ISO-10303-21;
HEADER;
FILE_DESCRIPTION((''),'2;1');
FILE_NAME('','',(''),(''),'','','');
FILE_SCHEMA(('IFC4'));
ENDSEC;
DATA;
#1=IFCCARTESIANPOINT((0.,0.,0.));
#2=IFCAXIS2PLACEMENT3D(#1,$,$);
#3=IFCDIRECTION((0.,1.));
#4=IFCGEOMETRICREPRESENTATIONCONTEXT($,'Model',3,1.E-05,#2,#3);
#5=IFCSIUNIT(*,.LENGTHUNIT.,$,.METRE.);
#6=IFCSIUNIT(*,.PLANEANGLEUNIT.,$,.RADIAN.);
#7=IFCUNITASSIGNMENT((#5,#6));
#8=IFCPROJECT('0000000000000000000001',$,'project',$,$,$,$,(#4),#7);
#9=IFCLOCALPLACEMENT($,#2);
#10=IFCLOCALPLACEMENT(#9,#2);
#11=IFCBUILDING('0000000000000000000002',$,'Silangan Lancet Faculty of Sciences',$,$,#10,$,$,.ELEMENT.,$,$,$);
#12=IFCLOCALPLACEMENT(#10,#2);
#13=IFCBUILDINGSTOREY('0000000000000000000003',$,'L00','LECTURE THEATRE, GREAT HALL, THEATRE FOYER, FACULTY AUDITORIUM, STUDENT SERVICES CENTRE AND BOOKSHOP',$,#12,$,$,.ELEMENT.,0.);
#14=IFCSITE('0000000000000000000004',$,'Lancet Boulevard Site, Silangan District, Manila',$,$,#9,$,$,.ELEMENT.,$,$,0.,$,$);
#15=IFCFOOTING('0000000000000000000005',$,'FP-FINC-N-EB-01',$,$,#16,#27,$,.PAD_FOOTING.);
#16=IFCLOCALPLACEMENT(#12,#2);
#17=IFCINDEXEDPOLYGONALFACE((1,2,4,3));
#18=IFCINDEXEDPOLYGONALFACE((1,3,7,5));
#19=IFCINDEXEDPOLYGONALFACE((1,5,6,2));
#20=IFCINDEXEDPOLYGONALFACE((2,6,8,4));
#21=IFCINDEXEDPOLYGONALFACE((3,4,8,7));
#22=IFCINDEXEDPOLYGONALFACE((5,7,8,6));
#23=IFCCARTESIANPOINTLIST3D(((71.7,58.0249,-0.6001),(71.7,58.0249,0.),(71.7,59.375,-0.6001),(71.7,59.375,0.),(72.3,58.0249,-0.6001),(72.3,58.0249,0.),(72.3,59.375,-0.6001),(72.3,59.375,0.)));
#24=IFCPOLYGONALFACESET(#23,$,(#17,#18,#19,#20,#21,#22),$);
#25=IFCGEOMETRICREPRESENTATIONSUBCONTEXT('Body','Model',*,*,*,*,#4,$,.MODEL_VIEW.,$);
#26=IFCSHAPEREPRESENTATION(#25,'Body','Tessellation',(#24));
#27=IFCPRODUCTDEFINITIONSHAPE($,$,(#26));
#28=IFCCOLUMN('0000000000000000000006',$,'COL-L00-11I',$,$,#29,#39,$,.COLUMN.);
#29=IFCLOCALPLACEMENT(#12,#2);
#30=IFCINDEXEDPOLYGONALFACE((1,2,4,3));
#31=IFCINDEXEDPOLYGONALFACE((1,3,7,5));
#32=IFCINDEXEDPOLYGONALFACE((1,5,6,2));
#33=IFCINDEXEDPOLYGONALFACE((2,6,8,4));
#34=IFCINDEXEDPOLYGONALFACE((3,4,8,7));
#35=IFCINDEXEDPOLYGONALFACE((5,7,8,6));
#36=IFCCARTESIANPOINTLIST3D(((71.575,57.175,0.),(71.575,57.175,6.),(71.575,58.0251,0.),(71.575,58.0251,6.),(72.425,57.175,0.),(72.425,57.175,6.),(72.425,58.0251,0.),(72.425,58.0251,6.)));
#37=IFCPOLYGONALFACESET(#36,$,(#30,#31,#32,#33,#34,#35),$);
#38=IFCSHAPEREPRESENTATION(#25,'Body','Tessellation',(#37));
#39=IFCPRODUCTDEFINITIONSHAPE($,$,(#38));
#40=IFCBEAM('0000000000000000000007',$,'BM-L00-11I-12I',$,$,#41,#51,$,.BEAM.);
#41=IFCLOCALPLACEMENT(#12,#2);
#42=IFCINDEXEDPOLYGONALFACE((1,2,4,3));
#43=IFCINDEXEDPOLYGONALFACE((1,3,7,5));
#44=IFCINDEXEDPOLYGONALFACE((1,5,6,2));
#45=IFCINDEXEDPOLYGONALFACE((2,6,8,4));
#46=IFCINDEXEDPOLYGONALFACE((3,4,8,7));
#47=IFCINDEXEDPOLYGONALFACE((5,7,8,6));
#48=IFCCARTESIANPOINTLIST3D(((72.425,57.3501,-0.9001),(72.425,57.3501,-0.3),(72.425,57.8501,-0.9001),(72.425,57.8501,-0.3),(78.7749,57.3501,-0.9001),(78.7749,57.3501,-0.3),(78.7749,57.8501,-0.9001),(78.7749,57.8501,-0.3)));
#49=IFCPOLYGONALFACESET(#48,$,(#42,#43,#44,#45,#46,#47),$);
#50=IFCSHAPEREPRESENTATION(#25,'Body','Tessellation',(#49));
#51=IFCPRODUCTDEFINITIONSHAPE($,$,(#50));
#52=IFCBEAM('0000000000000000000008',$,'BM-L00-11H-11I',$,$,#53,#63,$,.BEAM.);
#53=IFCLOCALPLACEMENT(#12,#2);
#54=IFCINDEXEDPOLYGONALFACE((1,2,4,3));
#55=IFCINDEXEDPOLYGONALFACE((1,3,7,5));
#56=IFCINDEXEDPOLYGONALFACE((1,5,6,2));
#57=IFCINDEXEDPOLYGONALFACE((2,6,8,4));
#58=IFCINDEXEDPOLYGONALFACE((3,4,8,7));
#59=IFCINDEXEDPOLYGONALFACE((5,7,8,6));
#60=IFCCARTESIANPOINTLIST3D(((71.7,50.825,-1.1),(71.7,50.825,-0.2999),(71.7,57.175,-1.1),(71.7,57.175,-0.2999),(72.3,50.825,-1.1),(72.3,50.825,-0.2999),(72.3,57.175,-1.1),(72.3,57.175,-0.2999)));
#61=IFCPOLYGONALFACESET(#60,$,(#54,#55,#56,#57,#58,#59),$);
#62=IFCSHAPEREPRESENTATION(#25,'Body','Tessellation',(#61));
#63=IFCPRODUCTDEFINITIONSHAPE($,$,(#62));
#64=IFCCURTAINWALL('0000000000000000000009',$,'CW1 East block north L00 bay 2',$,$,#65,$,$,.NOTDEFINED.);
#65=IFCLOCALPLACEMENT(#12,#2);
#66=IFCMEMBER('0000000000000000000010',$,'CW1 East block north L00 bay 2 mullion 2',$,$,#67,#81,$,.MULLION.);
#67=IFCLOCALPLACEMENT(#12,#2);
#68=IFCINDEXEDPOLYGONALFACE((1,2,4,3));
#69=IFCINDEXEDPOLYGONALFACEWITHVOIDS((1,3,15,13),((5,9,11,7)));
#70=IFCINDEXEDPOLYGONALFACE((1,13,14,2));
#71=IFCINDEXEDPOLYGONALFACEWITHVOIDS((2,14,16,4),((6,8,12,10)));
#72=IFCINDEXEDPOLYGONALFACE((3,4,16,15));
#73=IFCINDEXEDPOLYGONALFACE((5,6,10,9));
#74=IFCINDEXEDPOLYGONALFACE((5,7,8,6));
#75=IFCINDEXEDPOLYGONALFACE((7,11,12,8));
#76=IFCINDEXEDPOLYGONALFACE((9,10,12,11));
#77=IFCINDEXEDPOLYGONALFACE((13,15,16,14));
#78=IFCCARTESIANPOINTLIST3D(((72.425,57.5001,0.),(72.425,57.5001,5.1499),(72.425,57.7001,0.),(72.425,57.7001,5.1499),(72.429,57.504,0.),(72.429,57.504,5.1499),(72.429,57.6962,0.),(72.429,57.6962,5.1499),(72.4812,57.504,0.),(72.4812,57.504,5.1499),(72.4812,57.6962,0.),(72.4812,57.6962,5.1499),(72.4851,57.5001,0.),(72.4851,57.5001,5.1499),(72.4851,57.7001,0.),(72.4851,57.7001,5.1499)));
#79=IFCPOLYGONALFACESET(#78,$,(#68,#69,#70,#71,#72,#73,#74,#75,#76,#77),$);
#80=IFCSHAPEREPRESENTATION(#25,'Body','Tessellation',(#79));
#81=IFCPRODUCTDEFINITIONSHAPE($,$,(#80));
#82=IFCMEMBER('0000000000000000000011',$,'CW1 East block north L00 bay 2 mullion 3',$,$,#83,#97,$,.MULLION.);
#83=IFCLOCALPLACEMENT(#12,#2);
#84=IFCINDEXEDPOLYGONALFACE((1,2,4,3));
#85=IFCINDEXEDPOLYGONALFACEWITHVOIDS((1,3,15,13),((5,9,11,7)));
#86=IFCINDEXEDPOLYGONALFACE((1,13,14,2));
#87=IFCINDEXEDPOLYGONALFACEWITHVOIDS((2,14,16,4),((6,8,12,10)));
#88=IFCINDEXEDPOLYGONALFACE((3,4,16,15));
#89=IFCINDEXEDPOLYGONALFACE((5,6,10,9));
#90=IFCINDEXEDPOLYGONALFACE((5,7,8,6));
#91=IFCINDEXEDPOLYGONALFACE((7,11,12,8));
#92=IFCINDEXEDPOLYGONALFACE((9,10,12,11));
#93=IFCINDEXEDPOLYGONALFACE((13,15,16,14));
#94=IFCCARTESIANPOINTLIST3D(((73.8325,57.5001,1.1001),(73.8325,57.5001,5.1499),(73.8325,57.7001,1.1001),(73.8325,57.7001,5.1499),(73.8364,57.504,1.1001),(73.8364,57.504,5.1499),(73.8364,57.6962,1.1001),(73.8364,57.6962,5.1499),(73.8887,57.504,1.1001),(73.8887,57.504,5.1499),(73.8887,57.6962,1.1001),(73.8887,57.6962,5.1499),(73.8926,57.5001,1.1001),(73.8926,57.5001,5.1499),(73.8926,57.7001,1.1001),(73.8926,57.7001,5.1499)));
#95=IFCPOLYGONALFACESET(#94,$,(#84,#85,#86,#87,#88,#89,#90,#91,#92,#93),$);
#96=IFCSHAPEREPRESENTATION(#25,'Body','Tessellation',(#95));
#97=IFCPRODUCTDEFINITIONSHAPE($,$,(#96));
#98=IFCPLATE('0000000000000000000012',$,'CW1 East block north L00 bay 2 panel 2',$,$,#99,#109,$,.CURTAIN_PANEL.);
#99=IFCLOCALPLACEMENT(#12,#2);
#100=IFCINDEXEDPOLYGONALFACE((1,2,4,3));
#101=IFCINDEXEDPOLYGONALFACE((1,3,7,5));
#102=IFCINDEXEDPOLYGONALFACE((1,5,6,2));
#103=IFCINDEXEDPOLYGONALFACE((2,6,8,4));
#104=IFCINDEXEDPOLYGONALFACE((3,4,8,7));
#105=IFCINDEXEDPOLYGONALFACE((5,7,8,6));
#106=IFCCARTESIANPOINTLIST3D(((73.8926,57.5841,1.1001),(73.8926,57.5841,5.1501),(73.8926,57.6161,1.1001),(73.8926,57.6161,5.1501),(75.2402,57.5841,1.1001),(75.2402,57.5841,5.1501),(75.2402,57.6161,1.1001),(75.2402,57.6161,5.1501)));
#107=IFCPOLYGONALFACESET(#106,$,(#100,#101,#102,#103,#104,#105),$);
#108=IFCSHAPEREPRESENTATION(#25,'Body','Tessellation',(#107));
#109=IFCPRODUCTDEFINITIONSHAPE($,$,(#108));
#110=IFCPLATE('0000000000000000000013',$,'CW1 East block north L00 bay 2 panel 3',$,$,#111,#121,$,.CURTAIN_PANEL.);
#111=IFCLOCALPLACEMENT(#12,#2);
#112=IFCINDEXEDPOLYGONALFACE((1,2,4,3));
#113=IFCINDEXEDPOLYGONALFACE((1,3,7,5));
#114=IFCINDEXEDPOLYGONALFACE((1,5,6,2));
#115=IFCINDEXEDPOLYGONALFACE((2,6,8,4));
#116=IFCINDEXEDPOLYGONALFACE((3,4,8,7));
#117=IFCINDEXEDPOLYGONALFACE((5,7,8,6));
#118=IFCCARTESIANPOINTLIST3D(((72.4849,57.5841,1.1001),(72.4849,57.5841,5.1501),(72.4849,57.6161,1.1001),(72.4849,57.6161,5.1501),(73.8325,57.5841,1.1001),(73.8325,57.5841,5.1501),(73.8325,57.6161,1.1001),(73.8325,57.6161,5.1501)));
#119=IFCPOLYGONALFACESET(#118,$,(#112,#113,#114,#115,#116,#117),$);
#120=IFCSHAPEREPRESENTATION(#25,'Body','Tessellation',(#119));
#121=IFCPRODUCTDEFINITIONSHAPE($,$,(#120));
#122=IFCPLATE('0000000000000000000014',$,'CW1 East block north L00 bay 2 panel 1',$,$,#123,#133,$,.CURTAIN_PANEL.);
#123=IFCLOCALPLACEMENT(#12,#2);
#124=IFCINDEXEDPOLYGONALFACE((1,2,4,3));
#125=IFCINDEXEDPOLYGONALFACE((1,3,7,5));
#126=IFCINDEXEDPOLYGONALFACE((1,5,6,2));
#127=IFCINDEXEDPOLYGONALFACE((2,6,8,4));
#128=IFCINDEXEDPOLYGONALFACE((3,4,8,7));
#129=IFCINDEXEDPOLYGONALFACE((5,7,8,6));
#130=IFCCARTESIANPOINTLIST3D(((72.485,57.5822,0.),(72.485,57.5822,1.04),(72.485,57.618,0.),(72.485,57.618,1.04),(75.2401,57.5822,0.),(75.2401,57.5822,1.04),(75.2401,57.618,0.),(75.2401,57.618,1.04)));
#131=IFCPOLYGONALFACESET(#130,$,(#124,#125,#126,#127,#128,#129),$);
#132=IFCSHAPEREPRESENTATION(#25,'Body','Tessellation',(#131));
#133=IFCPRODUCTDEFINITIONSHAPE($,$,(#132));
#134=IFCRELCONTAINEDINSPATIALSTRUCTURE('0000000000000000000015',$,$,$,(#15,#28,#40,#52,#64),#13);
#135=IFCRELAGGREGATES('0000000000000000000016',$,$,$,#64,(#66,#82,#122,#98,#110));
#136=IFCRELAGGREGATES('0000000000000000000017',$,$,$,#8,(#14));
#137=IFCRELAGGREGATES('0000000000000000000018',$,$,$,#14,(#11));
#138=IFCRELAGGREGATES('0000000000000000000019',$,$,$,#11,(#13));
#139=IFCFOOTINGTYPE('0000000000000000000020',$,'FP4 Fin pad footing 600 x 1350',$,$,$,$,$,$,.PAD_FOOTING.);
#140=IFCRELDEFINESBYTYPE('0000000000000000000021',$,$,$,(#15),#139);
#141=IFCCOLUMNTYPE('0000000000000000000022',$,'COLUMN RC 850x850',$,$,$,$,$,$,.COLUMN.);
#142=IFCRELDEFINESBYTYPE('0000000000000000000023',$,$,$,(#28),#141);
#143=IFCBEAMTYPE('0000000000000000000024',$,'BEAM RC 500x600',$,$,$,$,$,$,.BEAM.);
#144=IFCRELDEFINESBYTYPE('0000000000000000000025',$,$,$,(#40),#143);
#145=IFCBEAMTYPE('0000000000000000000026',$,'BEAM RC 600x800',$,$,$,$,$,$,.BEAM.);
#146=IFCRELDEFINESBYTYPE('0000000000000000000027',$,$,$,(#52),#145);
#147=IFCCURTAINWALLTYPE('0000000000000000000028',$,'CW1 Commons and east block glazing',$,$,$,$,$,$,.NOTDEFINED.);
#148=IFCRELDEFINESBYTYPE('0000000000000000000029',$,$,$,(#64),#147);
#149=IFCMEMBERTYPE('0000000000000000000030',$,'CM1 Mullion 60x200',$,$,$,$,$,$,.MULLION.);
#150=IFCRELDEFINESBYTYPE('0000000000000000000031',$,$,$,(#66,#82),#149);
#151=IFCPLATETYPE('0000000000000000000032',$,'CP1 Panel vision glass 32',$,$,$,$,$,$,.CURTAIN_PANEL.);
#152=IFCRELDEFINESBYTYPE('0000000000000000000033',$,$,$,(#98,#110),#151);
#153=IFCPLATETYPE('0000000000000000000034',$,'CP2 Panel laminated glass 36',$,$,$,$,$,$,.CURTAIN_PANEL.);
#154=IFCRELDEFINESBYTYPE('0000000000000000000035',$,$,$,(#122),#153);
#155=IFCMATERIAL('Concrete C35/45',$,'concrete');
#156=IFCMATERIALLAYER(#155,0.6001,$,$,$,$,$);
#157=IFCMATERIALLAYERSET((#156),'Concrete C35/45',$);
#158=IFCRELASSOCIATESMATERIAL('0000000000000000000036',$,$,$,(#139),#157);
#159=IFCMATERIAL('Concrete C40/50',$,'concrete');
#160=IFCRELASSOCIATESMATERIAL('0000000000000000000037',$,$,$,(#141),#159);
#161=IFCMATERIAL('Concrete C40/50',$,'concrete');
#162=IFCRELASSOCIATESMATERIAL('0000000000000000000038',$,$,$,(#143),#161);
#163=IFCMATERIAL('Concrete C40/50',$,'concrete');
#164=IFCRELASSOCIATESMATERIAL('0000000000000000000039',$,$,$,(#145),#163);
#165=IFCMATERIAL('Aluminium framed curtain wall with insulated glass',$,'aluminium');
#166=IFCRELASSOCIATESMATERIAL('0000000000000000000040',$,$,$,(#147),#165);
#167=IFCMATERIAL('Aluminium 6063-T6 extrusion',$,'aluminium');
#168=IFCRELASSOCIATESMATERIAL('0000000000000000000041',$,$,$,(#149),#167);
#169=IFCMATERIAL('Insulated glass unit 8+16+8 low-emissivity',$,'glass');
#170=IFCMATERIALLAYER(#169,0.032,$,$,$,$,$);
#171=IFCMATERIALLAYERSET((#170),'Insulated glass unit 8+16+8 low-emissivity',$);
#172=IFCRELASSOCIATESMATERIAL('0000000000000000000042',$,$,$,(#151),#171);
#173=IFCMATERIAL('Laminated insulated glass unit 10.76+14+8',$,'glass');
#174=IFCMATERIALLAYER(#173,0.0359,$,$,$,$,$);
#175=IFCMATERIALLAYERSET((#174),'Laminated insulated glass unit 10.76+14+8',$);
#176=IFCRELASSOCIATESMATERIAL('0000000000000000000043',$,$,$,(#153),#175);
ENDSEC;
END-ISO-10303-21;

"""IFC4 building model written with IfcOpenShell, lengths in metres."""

from ifc_helpers import new_model, si_unit, direction, frame, origin, origin_2d, place, context, subcontext, project, spatial, rectangle, hollow_rectangle, extrude, material, layer, layer_set, material_profile, profile_set, type_object, element, aggregate, save


model = new_model("IFC4")

# Units and contexts
model_context = context("Model", 3, precision=1e-05, world=origin(), true_north=direction((0.0, 1.0)))
body_context = subcontext(model_context, "Body", "Model", "MODEL_VIEW")
ifc_project = project(units=[si_unit("LENGTHUNIT", "METRE"), si_unit("PLANEANGLEUNIT", "RADIAN")], contexts=[model_context])

# Site, building, storey
site_placement = place(None, origin())
site = spatial("IfcSite", under=ifc_project, at=site_placement, Name="Lancet Boulevard Site, Silangan District, Manila", CompositionType="ELEMENT", RefElevation=0.0)
building_placement = place(site_placement, origin())
building = spatial("IfcBuilding", under=site, at=building_placement, Name="Silangan Lancet Faculty of Sciences", CompositionType="ELEMENT")
storey_placement = place(building_placement, origin())
storey = spatial("IfcBuildingStorey", under=building, at=storey_placement, Name="L00", Description="LECTURE THEATRE, GREAT HALL, THEATRE FOYER, FACULTY AUDITORIUM, STUDENT SERVICES CENTRE AND BOOKSHOP", CompositionType="ELEMENT", Elevation=0.0)

# Footing
ifc_material_1 = material(Name="Concrete C35/45", Category="concrete")
ifc_layer_1 = layer(ifc_material_1, 0.6001)
ifc_layer_set_1 = layer_set([ifc_layer_1], Name="Concrete C35/45")
footing_type = type_object("IfcFootingType", Name="FP4 Fin pad footing 600 x 1350", PredefinedType="PAD_FOOTING", material=ifc_layer_set_1)
footing_placement = place(storey_placement, frame((72.0, 58.7, -0.6001), z_axis=(0.0, 0.0, 1.0), x_axis=(1.0, 0.0, 0.0)))
element("IfcFooting", 1, at=footing_placement, inside=storey, type_object=footing_type, Name="FP-FINC-N-EB-01", PredefinedType="PAD_FOOTING", context=body_context, shape_type="SweptSolid", body=[
    extrude(rectangle(XDim=0.6001, YDim=1.3501, at=origin_2d()), origin(), (0.0, 0.0, 1.0), 0.6001),
])

# Column
ifc_material_2 = material(Name="Concrete C40/50", Category="concrete")
ifc_material_profile_1 = material_profile(ifc_material_2, rectangle(XDim=0.8501, YDim=0.8501, at=origin_2d()), Name="RC 850x850")
ifc_profile_set_1 = profile_set([ifc_material_profile_1], Name="Concrete C40/50")
column_type = type_object("IfcColumnType", Name="COLUMN RC 850x850", PredefinedType="COLUMN", material=ifc_profile_set_1)
column_placement = place(storey_placement, frame((72.0, 57.6001, 0.0), z_axis=(0.0, 0.0, 1.0), x_axis=(1.0, 0.0, 0.0)))
element("IfcColumn", 2, at=column_placement, inside=storey, type_object=column_type, Name="COL-L00-11I", PredefinedType="COLUMN", context=body_context, shape_type="SweptSolid", body=[
    extrude(rectangle(XDim=0.8501, YDim=0.8501, at=origin_2d()), origin(), (0.0, 0.0, 1.0), 6.0),
])

# Beams
ifc_material_3 = material(Name="Concrete C40/50", Category="concrete")
ifc_material_profile_2 = material_profile(ifc_material_3, rectangle(XDim=0.5, YDim=0.6001, at=origin_2d()), Name="RC 500x600")
ifc_profile_set_2 = profile_set([ifc_material_profile_2], Name="Concrete C40/50")
beam_type_1 = type_object("IfcBeamType", Name="BEAM RC 500x600", PredefinedType="BEAM", material=ifc_profile_set_2)
beam_1_placement = place(storey_placement, frame((72.425, 57.6001, -0.6001), z_axis=(1.0, 0.0, 0.0), x_axis=(0.0, 1.0, 0.0)))
element("IfcBeam", 3, at=beam_1_placement, inside=storey, type_object=beam_type_1, Name="BM-L00-11I-12I", PredefinedType="BEAM", context=body_context, shape_type="SweptSolid", body=[
    extrude(rectangle(XDim=0.5, YDim=0.6001, at=origin_2d()), origin(), (0.0, 0.0, 1.0), 6.3499),
])
ifc_material_4 = material(Name="Concrete C40/50", Category="concrete")
ifc_material_profile_3 = material_profile(ifc_material_4, rectangle(XDim=0.6001, YDim=0.8, at=origin_2d()), Name="RC 600x800")
ifc_profile_set_3 = profile_set([ifc_material_profile_3], Name="Concrete C40/50")
beam_type_2 = type_object("IfcBeamType", Name="BEAM RC 600x800", PredefinedType="BEAM", material=ifc_profile_set_3)
beam_2_placement = place(storey_placement, frame((72.0, 50.825, -0.7), z_axis=(0.0, 1.0, 0.0), x_axis=(-1.0, 0.0, 0.0)))
element("IfcBeam", 4, at=beam_2_placement, inside=storey, type_object=beam_type_2, Name="BM-L00-11H-11I", PredefinedType="BEAM", context=body_context, shape_type="SweptSolid", body=[
    extrude(rectangle(XDim=0.6001, YDim=0.8, at=origin_2d()), origin(), (0.0, 0.0, 1.0), 6.3501),
])

# Curtain wall, members, plates
ifc_material_5 = material(Name="Aluminium framed curtain wall with insulated glass", Category="aluminium")
curtain_wall_type = type_object("IfcCurtainWallType", Name="CW1 Commons and east block glazing", PredefinedType="NOTDEFINED", material=ifc_material_5)
curtain_wall_placement = place(storey_placement, origin())
curtain_wall = element("IfcCurtainWall", 5, at=curtain_wall_placement, inside=storey, type_object=curtain_wall_type, Name="CW1 East block north L00 bay 2", PredefinedType="NOTDEFINED")
ifc_material_6 = material(Name="Aluminium 6063-T6 extrusion", Category="aluminium")
ifc_material_profile_4 = material_profile(ifc_material_6, hollow_rectangle(XDim=0.0601, YDim=0.2, WallThickness=0.0039, at=origin_2d()), Name="AL BOX 60x200x4")
ifc_profile_set_4 = profile_set([ifc_material_profile_4], Name="Aluminium 6063-T6 extrusion")
member_type = type_object("IfcMemberType", Name="CM1 Mullion 60x200", PredefinedType="MULLION", material=ifc_profile_set_4)
member_1_placement = place(storey_placement, frame((72.4551, 57.6001, 0.0), z_axis=(0.0, 0.0, 1.0), x_axis=(-1.0, 0.0, 0.0)))
member_1 = element("IfcMember", 6, at=member_1_placement, type_object=member_type, Name="CW1 East block north L00 bay 2 mullion 2", PredefinedType="MULLION", context=body_context, shape_type="SweptSolid", body=[
    extrude(hollow_rectangle(XDim=0.0601, YDim=0.2, WallThickness=0.0039, at=origin_2d()), origin(), (0.0, 0.0, 1.0), 5.1499),
])
member_2_placement = place(storey_placement, frame((73.8625, 57.6001, 1.1001), z_axis=(0.0, 0.0, 1.0), x_axis=(-1.0, 0.0, 0.0)))
member_2 = element("IfcMember", 7, at=member_2_placement, type_object=member_type, Name="CW1 East block north L00 bay 2 mullion 3", PredefinedType="MULLION", context=body_context, shape_type="SweptSolid", body=[
    extrude(hollow_rectangle(XDim=0.0601, YDim=0.2, WallThickness=0.0039, at=origin_2d()), origin(), (0.0, 0.0, 1.0), 4.0498),
])
ifc_material_7 = material(Name="Insulated glass unit 8+16+8 low-emissivity", Category="glass")
ifc_layer_2 = layer(ifc_material_7, 0.032)
ifc_layer_set_2 = layer_set([ifc_layer_2], Name="Insulated glass unit 8+16+8 low-emissivity")
plate_type_1 = type_object("IfcPlateType", Name="CP1 Panel vision glass 32", PredefinedType="CURTAIN_PANEL", material=ifc_layer_set_2)
plate_1_placement = place(storey_placement, frame((74.5664, 57.6001, 1.1001), z_axis=(0.0, 0.0, 1.0), x_axis=(-1.0, 0.0, 0.0)))
plate_1 = element("IfcPlate", 8, at=plate_1_placement, type_object=plate_type_1, Name="CW1 East block north L00 bay 2 panel 2", PredefinedType="CURTAIN_PANEL", context=body_context, shape_type="SweptSolid", body=[
    extrude(rectangle(XDim=1.3477, YDim=0.032, at=origin_2d()), origin(), (0.0, 0.0, 1.0), 4.05),
])
plate_2_placement = place(storey_placement, frame((73.1587, 57.6001, 1.1001), z_axis=(0.0, 0.0, 1.0), x_axis=(-1.0, 0.0, 0.0)))
plate_2 = element("IfcPlate", 9, at=plate_2_placement, type_object=plate_type_1, Name="CW1 East block north L00 bay 2 panel 3", PredefinedType="CURTAIN_PANEL", context=body_context, shape_type="SweptSolid", body=[
    extrude(rectangle(XDim=1.3477, YDim=0.032, at=origin_2d()), origin(), (0.0, 0.0, 1.0), 4.05),
])
ifc_material_8 = material(Name="Laminated insulated glass unit 10.76+14+8", Category="glass")
ifc_layer_3 = layer(ifc_material_8, 0.0359)
ifc_layer_set_3 = layer_set([ifc_layer_3], Name="Laminated insulated glass unit 10.76+14+8")
plate_type_2 = type_object("IfcPlateType", Name="CP2 Panel laminated glass 36", PredefinedType="CURTAIN_PANEL", material=ifc_layer_set_3)
plate_3_placement = place(storey_placement, frame((73.8625, 57.6001, 0.0), z_axis=(0.0, 0.0, 1.0), x_axis=(-1.0, 0.0, 0.0)))
plate_3 = element("IfcPlate", 10, at=plate_3_placement, type_object=plate_type_2, Name="CW1 East block north L00 bay 2 panel 1", PredefinedType="CURTAIN_PANEL", context=body_context, shape_type="SweptSolid", body=[
    extrude(rectangle(XDim=2.7551, YDim=0.0359, at=origin_2d()), origin(), (0.0, 0.0, 1.0), 1.04),
])
aggregate(curtain_wall, [member_1, member_2, plate_3, plate_1, plate_2])

save(model, "model.ifc")
